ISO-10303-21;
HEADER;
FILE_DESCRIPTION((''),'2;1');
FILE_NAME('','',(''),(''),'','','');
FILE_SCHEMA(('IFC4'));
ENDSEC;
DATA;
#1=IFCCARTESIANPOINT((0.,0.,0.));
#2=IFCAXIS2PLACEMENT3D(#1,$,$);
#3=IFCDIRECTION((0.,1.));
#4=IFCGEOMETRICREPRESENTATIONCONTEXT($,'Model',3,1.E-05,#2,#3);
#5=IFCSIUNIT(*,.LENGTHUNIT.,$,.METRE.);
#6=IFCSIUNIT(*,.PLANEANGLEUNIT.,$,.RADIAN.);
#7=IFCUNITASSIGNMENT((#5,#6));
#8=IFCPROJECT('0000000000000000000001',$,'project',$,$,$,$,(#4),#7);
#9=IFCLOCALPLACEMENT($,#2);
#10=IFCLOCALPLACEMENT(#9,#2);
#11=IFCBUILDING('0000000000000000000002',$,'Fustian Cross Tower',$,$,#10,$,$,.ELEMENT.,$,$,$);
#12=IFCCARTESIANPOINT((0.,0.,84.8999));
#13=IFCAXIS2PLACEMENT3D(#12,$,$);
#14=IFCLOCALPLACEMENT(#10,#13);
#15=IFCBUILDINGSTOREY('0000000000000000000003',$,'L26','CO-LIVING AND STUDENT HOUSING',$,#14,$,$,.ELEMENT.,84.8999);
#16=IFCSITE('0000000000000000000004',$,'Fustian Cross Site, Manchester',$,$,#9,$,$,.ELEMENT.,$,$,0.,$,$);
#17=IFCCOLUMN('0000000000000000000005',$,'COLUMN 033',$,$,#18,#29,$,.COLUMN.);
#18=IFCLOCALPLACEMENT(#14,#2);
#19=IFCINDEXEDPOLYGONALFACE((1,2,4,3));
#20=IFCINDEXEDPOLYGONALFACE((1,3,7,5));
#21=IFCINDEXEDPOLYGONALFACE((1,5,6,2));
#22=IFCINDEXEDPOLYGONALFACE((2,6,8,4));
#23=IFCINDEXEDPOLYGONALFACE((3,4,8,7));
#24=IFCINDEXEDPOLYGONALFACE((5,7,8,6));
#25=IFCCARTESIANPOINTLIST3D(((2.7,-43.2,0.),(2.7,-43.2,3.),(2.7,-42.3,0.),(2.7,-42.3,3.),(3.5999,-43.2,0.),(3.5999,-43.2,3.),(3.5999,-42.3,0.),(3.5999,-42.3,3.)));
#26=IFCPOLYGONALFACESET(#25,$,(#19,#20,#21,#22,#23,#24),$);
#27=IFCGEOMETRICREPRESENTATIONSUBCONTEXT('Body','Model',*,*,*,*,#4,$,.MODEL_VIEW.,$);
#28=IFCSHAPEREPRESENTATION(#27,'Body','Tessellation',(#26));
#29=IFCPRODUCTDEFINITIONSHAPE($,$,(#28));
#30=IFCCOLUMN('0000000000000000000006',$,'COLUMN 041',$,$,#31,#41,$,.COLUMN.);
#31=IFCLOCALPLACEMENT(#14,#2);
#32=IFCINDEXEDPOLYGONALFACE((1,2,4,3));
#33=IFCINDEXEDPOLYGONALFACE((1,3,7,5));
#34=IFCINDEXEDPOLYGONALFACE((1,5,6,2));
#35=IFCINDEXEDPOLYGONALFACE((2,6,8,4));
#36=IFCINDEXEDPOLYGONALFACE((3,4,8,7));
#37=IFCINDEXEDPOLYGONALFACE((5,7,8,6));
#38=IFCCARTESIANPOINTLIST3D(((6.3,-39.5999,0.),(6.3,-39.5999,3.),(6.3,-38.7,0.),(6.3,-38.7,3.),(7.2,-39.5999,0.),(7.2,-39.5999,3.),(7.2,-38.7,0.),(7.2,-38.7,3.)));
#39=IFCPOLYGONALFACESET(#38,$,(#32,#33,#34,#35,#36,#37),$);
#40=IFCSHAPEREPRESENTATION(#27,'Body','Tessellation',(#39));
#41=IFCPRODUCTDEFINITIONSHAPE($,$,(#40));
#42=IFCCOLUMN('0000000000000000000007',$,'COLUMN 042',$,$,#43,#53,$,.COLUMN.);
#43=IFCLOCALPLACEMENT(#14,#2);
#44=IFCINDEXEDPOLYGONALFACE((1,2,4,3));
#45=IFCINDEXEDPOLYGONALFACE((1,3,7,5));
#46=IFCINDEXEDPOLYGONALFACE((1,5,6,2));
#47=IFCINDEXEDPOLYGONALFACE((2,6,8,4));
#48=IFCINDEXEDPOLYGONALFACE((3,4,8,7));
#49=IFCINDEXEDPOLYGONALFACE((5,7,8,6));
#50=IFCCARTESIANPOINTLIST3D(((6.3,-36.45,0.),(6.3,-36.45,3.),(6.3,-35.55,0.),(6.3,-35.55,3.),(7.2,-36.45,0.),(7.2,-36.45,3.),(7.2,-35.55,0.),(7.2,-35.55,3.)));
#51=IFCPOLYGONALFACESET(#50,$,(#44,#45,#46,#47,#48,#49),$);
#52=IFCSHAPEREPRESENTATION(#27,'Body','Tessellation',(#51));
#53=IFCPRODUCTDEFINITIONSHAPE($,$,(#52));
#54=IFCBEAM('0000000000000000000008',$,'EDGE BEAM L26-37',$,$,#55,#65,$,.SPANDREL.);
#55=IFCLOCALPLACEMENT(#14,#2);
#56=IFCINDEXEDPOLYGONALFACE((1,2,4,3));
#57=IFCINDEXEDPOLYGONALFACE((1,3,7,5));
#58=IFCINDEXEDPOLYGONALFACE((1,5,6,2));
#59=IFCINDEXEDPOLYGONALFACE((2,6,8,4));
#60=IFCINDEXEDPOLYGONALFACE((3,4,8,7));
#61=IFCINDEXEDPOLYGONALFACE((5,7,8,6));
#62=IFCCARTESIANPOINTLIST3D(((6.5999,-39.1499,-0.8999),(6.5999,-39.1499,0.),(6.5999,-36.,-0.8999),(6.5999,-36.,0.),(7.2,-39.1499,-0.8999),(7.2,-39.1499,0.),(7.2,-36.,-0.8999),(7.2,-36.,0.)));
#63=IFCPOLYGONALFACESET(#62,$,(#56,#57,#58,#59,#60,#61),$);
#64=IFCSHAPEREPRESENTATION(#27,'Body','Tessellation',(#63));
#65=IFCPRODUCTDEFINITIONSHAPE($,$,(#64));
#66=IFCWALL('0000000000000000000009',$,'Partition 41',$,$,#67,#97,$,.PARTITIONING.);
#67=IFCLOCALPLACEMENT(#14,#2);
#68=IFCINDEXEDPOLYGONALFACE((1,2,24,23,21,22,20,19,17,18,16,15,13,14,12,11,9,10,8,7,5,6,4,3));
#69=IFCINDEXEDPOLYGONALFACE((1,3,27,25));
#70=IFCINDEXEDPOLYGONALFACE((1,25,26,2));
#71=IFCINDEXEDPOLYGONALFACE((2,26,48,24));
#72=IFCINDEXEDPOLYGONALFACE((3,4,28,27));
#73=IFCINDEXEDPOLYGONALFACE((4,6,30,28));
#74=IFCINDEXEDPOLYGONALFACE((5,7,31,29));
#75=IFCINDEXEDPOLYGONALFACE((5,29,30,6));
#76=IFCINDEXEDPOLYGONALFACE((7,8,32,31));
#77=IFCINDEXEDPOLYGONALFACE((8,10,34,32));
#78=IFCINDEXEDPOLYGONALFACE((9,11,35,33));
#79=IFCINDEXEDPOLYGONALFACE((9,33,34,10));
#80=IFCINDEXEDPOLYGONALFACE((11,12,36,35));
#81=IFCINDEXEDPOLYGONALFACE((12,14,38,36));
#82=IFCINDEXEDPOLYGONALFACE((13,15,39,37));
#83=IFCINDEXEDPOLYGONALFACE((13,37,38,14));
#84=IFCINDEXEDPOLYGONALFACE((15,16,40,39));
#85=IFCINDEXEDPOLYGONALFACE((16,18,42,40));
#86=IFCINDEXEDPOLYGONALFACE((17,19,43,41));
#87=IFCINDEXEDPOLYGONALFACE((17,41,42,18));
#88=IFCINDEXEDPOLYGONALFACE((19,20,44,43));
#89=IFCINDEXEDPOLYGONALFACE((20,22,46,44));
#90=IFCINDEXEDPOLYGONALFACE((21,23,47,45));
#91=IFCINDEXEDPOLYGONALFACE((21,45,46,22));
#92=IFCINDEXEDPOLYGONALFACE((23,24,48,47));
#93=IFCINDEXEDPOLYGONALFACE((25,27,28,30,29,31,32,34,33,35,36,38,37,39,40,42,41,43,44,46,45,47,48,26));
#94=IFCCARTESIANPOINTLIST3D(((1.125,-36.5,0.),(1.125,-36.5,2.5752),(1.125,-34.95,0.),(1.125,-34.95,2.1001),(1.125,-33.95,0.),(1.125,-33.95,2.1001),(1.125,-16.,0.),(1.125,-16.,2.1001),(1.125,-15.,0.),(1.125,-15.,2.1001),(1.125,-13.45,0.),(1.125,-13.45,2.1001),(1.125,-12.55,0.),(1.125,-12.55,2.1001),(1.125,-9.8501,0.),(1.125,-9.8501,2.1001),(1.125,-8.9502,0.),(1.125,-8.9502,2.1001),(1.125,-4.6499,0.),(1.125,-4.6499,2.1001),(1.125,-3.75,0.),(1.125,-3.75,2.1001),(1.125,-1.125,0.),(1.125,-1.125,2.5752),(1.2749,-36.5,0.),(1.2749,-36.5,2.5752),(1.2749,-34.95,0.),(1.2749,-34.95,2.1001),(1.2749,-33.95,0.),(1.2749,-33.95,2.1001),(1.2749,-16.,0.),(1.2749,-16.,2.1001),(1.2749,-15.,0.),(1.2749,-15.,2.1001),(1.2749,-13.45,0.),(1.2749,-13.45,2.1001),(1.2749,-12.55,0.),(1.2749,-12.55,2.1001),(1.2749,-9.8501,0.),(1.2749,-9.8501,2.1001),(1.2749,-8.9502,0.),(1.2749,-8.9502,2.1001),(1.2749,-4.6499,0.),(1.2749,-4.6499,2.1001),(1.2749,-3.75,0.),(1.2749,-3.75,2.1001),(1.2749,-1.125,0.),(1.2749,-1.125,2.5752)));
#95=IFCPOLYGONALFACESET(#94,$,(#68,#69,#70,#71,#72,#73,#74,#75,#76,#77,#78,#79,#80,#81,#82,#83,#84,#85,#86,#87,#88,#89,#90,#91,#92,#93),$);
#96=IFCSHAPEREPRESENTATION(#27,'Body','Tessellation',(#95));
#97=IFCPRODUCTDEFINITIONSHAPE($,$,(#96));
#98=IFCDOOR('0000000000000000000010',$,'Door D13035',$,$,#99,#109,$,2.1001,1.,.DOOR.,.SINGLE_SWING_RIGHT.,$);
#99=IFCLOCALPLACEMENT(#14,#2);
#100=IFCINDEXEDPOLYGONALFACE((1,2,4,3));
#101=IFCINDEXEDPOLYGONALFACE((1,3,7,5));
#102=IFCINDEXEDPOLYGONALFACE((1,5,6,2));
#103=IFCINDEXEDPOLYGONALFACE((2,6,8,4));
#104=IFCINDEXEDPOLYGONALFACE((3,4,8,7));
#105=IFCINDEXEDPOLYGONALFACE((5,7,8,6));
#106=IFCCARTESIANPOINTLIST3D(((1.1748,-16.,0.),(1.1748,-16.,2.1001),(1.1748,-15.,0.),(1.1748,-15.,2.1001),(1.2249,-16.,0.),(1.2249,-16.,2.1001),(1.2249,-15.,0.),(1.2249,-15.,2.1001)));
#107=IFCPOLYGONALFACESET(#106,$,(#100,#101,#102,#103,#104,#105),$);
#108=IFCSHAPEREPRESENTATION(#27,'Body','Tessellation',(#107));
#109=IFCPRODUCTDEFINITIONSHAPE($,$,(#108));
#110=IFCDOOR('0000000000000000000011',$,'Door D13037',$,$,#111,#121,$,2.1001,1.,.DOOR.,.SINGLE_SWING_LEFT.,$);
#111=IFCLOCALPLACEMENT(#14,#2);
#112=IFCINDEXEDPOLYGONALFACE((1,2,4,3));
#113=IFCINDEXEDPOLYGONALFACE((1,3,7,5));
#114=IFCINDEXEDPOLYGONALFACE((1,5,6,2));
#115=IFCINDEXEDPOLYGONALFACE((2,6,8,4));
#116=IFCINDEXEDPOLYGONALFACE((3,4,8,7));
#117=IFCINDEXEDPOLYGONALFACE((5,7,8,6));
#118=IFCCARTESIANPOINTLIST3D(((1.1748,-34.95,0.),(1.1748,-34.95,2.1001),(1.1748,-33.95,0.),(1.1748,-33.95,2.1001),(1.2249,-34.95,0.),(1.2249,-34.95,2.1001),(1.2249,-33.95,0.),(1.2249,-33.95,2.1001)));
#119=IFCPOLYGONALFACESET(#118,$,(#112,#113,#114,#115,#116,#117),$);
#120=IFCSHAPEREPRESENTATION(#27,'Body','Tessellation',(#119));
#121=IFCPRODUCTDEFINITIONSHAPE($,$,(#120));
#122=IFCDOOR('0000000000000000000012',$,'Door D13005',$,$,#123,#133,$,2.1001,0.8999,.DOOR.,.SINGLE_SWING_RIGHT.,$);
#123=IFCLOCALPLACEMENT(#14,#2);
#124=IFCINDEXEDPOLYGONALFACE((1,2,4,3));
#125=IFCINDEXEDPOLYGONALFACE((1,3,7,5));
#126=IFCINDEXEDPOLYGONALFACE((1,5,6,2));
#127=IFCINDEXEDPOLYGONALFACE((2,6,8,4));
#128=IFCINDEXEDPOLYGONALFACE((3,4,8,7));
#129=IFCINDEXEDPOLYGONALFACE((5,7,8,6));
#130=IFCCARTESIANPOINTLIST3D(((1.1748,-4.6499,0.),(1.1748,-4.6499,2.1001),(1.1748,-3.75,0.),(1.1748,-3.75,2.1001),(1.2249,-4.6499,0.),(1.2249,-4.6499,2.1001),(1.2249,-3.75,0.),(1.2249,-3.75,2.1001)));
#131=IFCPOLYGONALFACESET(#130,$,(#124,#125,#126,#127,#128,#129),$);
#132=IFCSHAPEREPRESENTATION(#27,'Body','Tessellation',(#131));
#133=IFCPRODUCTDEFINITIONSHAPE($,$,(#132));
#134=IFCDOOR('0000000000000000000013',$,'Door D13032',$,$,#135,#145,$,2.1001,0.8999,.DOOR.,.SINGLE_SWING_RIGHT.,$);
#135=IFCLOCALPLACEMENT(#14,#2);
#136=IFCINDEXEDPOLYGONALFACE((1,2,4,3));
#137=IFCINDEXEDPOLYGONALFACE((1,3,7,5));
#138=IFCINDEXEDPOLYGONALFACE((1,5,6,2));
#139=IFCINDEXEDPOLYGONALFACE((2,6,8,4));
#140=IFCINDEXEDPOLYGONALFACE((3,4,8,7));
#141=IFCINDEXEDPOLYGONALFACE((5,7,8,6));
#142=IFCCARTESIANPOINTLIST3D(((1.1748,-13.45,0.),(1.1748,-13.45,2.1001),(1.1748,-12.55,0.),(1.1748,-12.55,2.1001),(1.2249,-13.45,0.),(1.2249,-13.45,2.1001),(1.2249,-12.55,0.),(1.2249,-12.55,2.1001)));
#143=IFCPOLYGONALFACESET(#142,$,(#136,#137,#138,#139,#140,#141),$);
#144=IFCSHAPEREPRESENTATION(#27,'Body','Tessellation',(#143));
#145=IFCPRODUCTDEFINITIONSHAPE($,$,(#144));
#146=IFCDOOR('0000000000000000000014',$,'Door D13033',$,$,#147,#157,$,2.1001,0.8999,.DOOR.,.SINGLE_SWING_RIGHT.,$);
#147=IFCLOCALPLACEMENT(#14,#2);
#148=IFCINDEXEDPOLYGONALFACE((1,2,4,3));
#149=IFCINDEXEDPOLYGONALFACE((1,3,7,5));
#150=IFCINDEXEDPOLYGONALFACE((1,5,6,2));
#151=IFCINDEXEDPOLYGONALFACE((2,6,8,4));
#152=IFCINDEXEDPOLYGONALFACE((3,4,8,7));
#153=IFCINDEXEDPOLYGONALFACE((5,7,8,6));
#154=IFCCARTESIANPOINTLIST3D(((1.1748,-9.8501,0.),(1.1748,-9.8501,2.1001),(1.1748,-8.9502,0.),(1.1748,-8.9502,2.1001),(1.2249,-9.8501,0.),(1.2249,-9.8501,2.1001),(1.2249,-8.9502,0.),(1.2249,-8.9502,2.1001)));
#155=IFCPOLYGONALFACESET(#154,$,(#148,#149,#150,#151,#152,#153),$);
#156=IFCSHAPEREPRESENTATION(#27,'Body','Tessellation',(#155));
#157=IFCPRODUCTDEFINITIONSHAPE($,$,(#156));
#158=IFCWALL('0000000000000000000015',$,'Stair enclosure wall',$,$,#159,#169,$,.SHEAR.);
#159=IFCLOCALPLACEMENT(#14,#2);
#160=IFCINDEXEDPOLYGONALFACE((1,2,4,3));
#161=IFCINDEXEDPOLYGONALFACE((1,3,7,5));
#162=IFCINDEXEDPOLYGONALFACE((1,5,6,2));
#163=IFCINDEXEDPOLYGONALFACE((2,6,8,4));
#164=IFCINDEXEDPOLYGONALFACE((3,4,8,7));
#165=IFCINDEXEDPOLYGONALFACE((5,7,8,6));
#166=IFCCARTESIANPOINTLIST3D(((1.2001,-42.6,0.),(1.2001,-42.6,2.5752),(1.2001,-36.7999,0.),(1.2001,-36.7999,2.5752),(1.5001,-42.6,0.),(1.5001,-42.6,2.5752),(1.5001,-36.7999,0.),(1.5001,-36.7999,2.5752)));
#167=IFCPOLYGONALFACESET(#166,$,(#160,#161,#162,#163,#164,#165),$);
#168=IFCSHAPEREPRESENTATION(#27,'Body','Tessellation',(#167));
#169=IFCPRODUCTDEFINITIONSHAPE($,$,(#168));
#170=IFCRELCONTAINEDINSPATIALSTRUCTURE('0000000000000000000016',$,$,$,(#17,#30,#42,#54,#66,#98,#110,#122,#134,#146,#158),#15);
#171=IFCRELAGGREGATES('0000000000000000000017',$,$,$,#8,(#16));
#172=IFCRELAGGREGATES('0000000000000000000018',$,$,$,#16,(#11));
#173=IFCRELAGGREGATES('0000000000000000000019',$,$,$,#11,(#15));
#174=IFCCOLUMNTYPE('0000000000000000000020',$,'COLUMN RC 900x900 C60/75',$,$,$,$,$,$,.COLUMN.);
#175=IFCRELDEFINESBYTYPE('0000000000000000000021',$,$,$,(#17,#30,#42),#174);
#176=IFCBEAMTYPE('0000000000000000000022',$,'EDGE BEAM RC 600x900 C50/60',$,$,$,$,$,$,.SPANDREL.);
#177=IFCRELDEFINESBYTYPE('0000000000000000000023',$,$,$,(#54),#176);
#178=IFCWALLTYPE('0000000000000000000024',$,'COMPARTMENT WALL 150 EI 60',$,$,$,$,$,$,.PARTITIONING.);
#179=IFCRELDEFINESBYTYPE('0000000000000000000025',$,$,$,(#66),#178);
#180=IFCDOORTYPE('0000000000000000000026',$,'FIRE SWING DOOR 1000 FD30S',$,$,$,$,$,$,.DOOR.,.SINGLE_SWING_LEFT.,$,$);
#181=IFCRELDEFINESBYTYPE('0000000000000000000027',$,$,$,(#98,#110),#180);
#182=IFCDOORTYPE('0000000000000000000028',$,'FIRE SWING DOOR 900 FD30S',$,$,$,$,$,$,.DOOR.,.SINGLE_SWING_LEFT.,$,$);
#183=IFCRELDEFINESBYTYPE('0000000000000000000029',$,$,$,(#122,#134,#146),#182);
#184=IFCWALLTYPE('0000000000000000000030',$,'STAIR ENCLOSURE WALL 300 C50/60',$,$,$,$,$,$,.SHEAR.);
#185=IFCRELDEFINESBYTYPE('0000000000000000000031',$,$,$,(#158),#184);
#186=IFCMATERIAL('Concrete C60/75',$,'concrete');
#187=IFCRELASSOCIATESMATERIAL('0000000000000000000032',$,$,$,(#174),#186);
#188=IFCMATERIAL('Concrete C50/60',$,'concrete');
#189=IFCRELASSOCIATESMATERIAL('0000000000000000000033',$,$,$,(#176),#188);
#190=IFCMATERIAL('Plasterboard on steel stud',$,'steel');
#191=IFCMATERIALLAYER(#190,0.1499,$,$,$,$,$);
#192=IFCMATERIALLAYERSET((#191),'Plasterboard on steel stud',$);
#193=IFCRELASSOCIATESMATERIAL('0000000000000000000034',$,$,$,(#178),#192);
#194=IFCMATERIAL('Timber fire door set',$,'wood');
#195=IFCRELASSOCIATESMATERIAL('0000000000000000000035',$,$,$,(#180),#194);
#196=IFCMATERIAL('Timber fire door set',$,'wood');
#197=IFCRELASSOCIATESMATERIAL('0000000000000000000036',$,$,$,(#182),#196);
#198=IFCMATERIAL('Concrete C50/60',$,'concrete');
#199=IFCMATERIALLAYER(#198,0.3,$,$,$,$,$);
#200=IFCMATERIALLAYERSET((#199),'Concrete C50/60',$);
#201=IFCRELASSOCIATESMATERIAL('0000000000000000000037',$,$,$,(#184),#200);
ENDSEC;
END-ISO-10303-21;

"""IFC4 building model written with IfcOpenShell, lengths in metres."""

from ifc_helpers import new_model, si_unit, direction, frame, frame_2d, origin, origin_2d, place, context, subcontext, project, spatial, rectangle, extrude, material, layer, layer_set, material_profile, profile_set, type_object, element, fill, save


model = new_model("IFC4")

# Units and contexts
model_context = context("Model", 3, precision=1e-05, world=origin(), true_north=direction((0.0, 1.0)))
body_context = subcontext(model_context, "Body", "Model", "MODEL_VIEW")
ifc_project = project(units=[si_unit("LENGTHUNIT", "METRE"), si_unit("PLANEANGLEUNIT", "RADIAN")], contexts=[model_context])

# Site, building, storey
site_placement = place(None, origin())
site = spatial("IfcSite", under=ifc_project, at=site_placement, Name="Fustian Cross Site, Manchester", CompositionType="ELEMENT", RefElevation=0.0)
building_placement = place(site_placement, origin())
building = spatial("IfcBuilding", under=site, at=building_placement, Name="Fustian Cross Tower", CompositionType="ELEMENT")
storey_placement = place(building_placement, frame((0.0, 0.0, 84.8999)))
storey = spatial("IfcBuildingStorey", under=building, at=storey_placement, Name="L26", Description="CO-LIVING AND STUDENT HOUSING", CompositionType="ELEMENT", Elevation=84.8999)

# Columns
ifc_material_1 = material(Name="Concrete C60/75", Category="concrete")
ifc_material_profile_1 = material_profile(ifc_material_1, rectangle(XDim=0.8999, YDim=0.8999, at=origin_2d()), Name="RC 900x900")
ifc_profile_set_1 = profile_set([ifc_material_profile_1], Name="Concrete C60/75")
column_type = type_object("IfcColumnType", Name="COLUMN RC 900x900 C60/75", PredefinedType="COLUMN", material=ifc_profile_set_1)
for number, where, z_axis, x_axis, name in (
    (1, (3.1499, -42.75, 0.0), (0.0, 0.0, 1.0), (1.0, 0.0, 0.0), "COLUMN 033"),
    (2, (6.75, -39.1499, 0.0), (0.0, 0.0, 1.0), (1.0, 0.0, 0.0), "COLUMN 041"),
    (3, (6.75, -36.0, 0.0), (0.0, 0.0, 1.0), (1.0, 0.0, 0.0), "COLUMN 042"),
):
    element("IfcColumn", number, at=place(storey_placement, frame(where, z_axis=z_axis, x_axis=x_axis)), inside=storey, type_object=column_type, Name=name, PredefinedType="COLUMN", context=body_context, shape_type="SweptSolid", body=[
        extrude(rectangle(XDim=0.8999, YDim=0.8999, at=origin_2d()), origin(), (0.0, 0.0, 1.0), 3.0),
    ])

# Beam
ifc_material_2 = material(Name="Concrete C50/60", Category="concrete")
ifc_material_profile_2 = material_profile(ifc_material_2, rectangle(XDim=0.6001, YDim=0.8999, at=origin_2d()), Name="RC 600x900")
ifc_profile_set_2 = profile_set([ifc_material_profile_2], Name="Concrete C50/60")
beam_type = type_object("IfcBeamType", Name="EDGE BEAM RC 600x900 C50/60", PredefinedType="SPANDREL", material=ifc_profile_set_2)
beam_placement = place(storey_placement, frame((6.8999, -39.1499, -0.45), z_axis=(0.0, 1.0, 0.0), x_axis=(-1.0, 0.0, 0.0)))
element("IfcBeam", 4, at=beam_placement, inside=storey, type_object=beam_type, Name="EDGE BEAM L26-37", PredefinedType="SPANDREL", context=body_context, shape_type="SweptSolid", body=[
    extrude(rectangle(XDim=0.6001, YDim=0.8999, at=origin_2d()), origin(), (0.0, 0.0, 1.0), 3.1499),
])

# Wall, openings, doors
ifc_material_3 = material(Name="Plasterboard on steel stud", Category="steel")
ifc_layer_1 = layer(ifc_material_3, 0.1499)
ifc_layer_set_1 = layer_set([ifc_layer_1], Name="Plasterboard on steel stud")
wall_type_1 = type_object("IfcWallType", Name="COMPARTMENT WALL 150 EI 60", PredefinedType="PARTITIONING", material=ifc_layer_set_1)
wall_1_placement = place(storey_placement, frame((1.2, -36.5, 0.0), z_axis=(0.0, 0.0, 1.0), x_axis=(0.0, 1.0, 0.0)))
wall_1 = element("IfcWall", 5, at=wall_1_placement, inside=storey, type_object=wall_type_1, Name="Partition 41", PredefinedType="PARTITIONING", context=body_context, shape_type="SweptSolid", body=[
    extrude(rectangle(XDim=35.375, YDim=0.1499, at=frame_2d((17.6875, 0.0))), origin(), (0.0, 0.0, 1.0), 2.5752),
])
opening_1_placement = place(wall_1_placement, frame((31.8501, 0.0, 0.0)))
opening_1 = element("IfcOpeningElement", 6, at=opening_1_placement, cuts=wall_1, PredefinedType="OPENING", context=body_context, shape_type="SweptSolid", body=[
    extrude(rectangle(XDim=0.8999, YDim=2.1001, at=frame_2d((0.45, 1.05))), frame((0.0, 0.085, 0.0), z_axis=(0.0, -1.0, 0.0), x_axis=(1.0, 0.0, 0.0)), (0.0, 0.0, 1.0), 0.1699),
])
opening_2_placement = place(wall_1_placement, frame((23.05, 0.0, 0.0)))
opening_2 = element("IfcOpeningElement", 7, at=opening_2_placement, cuts=wall_1, PredefinedType="OPENING", context=body_context, shape_type="SweptSolid", body=[
    extrude(rectangle(XDim=0.8999, YDim=2.1001, at=frame_2d((0.45, 1.05))), frame((0.0, 0.085, 0.0), z_axis=(0.0, -1.0, 0.0), x_axis=(1.0, 0.0, 0.0)), (0.0, 0.0, 1.0), 0.1699),
])
opening_3_placement = place(wall_1_placement, frame((26.6499, 0.0, 0.0)))
opening_3 = element("IfcOpeningElement", 8, at=opening_3_placement, cuts=wall_1, PredefinedType="OPENING", context=body_context, shape_type="SweptSolid", body=[
    extrude(rectangle(XDim=0.8999, YDim=2.1001, at=frame_2d((0.45, 1.05))), frame((0.0, 0.085, 0.0), z_axis=(0.0, -1.0, 0.0), x_axis=(1.0, 0.0, 0.0)), (0.0, 0.0, 1.0), 0.1699),
])
opening_4_placement = place(wall_1_placement, frame((20.5, 0.0, 0.0)))
opening_4 = element("IfcOpeningElement", 9, at=opening_4_placement, cuts=wall_1, PredefinedType="OPENING", context=body_context, shape_type="SweptSolid", body=[
    extrude(rectangle(XDim=1.0, YDim=2.1001, at=frame_2d((0.5, 1.05))), frame((0.0, 0.085, 0.0), z_axis=(0.0, -1.0, 0.0), x_axis=(1.0, 0.0, 0.0)), (0.0, 0.0, 1.0), 0.1699),
])
opening_5_placement = place(wall_1_placement, frame((1.55, 0.0, 0.0)))
opening_5 = element("IfcOpeningElement", 10, at=opening_5_placement, cuts=wall_1, PredefinedType="OPENING", context=body_context, shape_type="SweptSolid", body=[
    extrude(rectangle(XDim=1.0, YDim=2.1001, at=frame_2d((0.5, 1.05))), frame((0.0, 0.085, 0.0), z_axis=(0.0, -1.0, 0.0), x_axis=(1.0, 0.0, 0.0)), (0.0, 0.0, 1.0), 0.1699),
])
ifc_material_4 = material(Name="Timber fire door set", Category="wood")
door_type_1 = type_object("IfcDoorType", Name="FIRE SWING DOOR 1000 FD30S", OperationType="SINGLE_SWING_LEFT", PredefinedType="DOOR", material=ifc_material_4)
door_1_placement = place(opening_4_placement, frame((1.0, 0.0, 0.0), z_axis=(0.0, 0.0, 1.0), x_axis=(-1.0, 0.0, 0.0)))
door_1 = element("IfcDoor", 11, at=door_1_placement, inside=storey, type_object=door_type_1, Name="Door D13035", OperationType="SINGLE_SWING_RIGHT", OverallHeight=2.1001, OverallWidth=1.0, PredefinedType="DOOR", context=body_context, shape_type="SweptSolid", body=[
    extrude(rectangle(XDim=1.0, YDim=2.1001, at=frame_2d((0.5, 1.05))), frame((0.0, 0.0249, 0.0), z_axis=(0.0, -1.0, 0.0), x_axis=(1.0, 0.0, 0.0)), (0.0, 0.0, 1.0), 0.05),
])
fill(opening_4, door_1)
door_2_placement = place(opening_5_placement, frame((1.0, 0.0, 0.0), z_axis=(0.0, 0.0, 1.0), x_axis=(-1.0, 0.0, 0.0)))
door_2 = element("IfcDoor", 12, at=door_2_placement, inside=storey, type_object=door_type_1, Name="Door D13037", OperationType="SINGLE_SWING_LEFT", OverallHeight=2.1001, OverallWidth=1.0, PredefinedType="DOOR", context=body_context, shape_type="SweptSolid", body=[
    extrude(rectangle(XDim=1.0, YDim=2.1001, at=frame_2d((0.5, 1.05))), frame((0.0, 0.0249, 0.0), z_axis=(0.0, -1.0, 0.0), x_axis=(1.0, 0.0, 0.0)), (0.0, 0.0, 1.0), 0.05),
])
fill(opening_5, door_2)
ifc_material_5 = material(Name="Timber fire door set", Category="wood")
door_type_2 = type_object("IfcDoorType", Name="FIRE SWING DOOR 900 FD30S", OperationType="SINGLE_SWING_LEFT", PredefinedType="DOOR", material=ifc_material_5)
door_3_placement = place(opening_1_placement, frame((0.8999, 0.0, 0.0), z_axis=(0.0, 0.0, 1.0), x_axis=(-1.0, 0.0, 0.0)))
door_3 = element("IfcDoor", 13, at=door_3_placement, inside=storey, type_object=door_type_2, Name="Door D13005", OperationType="SINGLE_SWING_RIGHT", OverallHeight=2.1001, OverallWidth=0.8999, PredefinedType="DOOR", context=body_context, shape_type="SweptSolid", body=[
    extrude(rectangle(XDim=0.8999, YDim=2.1001, at=frame_2d((0.45, 1.05))), frame((0.0, 0.0249, 0.0), z_axis=(0.0, -1.0, 0.0), x_axis=(1.0, 0.0, 0.0)), (0.0, 0.0, 1.0), 0.05),
])
fill(opening_1, door_3)
door_4_placement = place(opening_2_placement, frame((0.8999, 0.0, 0.0), z_axis=(0.0, 0.0, 1.0), x_axis=(-1.0, 0.0, 0.0)))
door_4 = element("IfcDoor", 14, at=door_4_placement, inside=storey, type_object=door_type_2, Name="Door D13032", OperationType="SINGLE_SWING_RIGHT", OverallHeight=2.1001, OverallWidth=0.8999, PredefinedType="DOOR", context=body_context, shape_type="SweptSolid", body=[
    extrude(rectangle(XDim=0.8999, YDim=2.1001, at=frame_2d((0.45, 1.05))), frame((0.0, 0.0249, 0.0), z_axis=(0.0, -1.0, 0.0), x_axis=(1.0, 0.0, 0.0)), (0.0, 0.0, 1.0), 0.05),
])
fill(opening_2, door_4)
door_5_placement = place(opening_3_placement, frame((0.8999, 0.0, 0.0), z_axis=(0.0, 0.0, 1.0), x_axis=(-1.0, 0.0, 0.0)))
door_5 = element("IfcDoor", 15, at=door_5_placement, inside=storey, type_object=door_type_2, Name="Door D13033", OperationType="SINGLE_SWING_RIGHT", OverallHeight=2.1001, OverallWidth=0.8999, PredefinedType="DOOR", context=body_context, shape_type="SweptSolid", body=[
    extrude(rectangle(XDim=0.8999, YDim=2.1001, at=frame_2d((0.45, 1.05))), frame((0.0, 0.0249, 0.0), z_axis=(0.0, -1.0, 0.0), x_axis=(1.0, 0.0, 0.0)), (0.0, 0.0, 1.0), 0.05),
])
fill(opening_3, door_5)

# Wall
ifc_material_6 = material(Name="Concrete C50/60", Category="concrete")
ifc_layer_2 = layer(ifc_material_6, 0.3)
ifc_layer_set_2 = layer_set([ifc_layer_2], Name="Concrete C50/60")
wall_type_2 = type_object("IfcWallType", Name="STAIR ENCLOSURE WALL 300 C50/60", PredefinedType="SHEAR", material=ifc_layer_set_2)
wall_2_placement = place(storey_placement, frame((1.3501, -36.8, 0.0), z_axis=(0.0, 0.0, 1.0), x_axis=(0.0, -1.0, 0.0)))
element("IfcWall", 16, at=wall_2_placement, inside=storey, type_object=wall_type_2, Name="Stair enclosure wall", PredefinedType="SHEAR", context=body_context, shape_type="SweptSolid", body=[
    extrude(rectangle(XDim=5.8, YDim=0.3, at=frame_2d((2.8999, 0.0))), origin(), (0.0, 0.0, 1.0), 2.5752),
])

save(model, "model.ifc")
